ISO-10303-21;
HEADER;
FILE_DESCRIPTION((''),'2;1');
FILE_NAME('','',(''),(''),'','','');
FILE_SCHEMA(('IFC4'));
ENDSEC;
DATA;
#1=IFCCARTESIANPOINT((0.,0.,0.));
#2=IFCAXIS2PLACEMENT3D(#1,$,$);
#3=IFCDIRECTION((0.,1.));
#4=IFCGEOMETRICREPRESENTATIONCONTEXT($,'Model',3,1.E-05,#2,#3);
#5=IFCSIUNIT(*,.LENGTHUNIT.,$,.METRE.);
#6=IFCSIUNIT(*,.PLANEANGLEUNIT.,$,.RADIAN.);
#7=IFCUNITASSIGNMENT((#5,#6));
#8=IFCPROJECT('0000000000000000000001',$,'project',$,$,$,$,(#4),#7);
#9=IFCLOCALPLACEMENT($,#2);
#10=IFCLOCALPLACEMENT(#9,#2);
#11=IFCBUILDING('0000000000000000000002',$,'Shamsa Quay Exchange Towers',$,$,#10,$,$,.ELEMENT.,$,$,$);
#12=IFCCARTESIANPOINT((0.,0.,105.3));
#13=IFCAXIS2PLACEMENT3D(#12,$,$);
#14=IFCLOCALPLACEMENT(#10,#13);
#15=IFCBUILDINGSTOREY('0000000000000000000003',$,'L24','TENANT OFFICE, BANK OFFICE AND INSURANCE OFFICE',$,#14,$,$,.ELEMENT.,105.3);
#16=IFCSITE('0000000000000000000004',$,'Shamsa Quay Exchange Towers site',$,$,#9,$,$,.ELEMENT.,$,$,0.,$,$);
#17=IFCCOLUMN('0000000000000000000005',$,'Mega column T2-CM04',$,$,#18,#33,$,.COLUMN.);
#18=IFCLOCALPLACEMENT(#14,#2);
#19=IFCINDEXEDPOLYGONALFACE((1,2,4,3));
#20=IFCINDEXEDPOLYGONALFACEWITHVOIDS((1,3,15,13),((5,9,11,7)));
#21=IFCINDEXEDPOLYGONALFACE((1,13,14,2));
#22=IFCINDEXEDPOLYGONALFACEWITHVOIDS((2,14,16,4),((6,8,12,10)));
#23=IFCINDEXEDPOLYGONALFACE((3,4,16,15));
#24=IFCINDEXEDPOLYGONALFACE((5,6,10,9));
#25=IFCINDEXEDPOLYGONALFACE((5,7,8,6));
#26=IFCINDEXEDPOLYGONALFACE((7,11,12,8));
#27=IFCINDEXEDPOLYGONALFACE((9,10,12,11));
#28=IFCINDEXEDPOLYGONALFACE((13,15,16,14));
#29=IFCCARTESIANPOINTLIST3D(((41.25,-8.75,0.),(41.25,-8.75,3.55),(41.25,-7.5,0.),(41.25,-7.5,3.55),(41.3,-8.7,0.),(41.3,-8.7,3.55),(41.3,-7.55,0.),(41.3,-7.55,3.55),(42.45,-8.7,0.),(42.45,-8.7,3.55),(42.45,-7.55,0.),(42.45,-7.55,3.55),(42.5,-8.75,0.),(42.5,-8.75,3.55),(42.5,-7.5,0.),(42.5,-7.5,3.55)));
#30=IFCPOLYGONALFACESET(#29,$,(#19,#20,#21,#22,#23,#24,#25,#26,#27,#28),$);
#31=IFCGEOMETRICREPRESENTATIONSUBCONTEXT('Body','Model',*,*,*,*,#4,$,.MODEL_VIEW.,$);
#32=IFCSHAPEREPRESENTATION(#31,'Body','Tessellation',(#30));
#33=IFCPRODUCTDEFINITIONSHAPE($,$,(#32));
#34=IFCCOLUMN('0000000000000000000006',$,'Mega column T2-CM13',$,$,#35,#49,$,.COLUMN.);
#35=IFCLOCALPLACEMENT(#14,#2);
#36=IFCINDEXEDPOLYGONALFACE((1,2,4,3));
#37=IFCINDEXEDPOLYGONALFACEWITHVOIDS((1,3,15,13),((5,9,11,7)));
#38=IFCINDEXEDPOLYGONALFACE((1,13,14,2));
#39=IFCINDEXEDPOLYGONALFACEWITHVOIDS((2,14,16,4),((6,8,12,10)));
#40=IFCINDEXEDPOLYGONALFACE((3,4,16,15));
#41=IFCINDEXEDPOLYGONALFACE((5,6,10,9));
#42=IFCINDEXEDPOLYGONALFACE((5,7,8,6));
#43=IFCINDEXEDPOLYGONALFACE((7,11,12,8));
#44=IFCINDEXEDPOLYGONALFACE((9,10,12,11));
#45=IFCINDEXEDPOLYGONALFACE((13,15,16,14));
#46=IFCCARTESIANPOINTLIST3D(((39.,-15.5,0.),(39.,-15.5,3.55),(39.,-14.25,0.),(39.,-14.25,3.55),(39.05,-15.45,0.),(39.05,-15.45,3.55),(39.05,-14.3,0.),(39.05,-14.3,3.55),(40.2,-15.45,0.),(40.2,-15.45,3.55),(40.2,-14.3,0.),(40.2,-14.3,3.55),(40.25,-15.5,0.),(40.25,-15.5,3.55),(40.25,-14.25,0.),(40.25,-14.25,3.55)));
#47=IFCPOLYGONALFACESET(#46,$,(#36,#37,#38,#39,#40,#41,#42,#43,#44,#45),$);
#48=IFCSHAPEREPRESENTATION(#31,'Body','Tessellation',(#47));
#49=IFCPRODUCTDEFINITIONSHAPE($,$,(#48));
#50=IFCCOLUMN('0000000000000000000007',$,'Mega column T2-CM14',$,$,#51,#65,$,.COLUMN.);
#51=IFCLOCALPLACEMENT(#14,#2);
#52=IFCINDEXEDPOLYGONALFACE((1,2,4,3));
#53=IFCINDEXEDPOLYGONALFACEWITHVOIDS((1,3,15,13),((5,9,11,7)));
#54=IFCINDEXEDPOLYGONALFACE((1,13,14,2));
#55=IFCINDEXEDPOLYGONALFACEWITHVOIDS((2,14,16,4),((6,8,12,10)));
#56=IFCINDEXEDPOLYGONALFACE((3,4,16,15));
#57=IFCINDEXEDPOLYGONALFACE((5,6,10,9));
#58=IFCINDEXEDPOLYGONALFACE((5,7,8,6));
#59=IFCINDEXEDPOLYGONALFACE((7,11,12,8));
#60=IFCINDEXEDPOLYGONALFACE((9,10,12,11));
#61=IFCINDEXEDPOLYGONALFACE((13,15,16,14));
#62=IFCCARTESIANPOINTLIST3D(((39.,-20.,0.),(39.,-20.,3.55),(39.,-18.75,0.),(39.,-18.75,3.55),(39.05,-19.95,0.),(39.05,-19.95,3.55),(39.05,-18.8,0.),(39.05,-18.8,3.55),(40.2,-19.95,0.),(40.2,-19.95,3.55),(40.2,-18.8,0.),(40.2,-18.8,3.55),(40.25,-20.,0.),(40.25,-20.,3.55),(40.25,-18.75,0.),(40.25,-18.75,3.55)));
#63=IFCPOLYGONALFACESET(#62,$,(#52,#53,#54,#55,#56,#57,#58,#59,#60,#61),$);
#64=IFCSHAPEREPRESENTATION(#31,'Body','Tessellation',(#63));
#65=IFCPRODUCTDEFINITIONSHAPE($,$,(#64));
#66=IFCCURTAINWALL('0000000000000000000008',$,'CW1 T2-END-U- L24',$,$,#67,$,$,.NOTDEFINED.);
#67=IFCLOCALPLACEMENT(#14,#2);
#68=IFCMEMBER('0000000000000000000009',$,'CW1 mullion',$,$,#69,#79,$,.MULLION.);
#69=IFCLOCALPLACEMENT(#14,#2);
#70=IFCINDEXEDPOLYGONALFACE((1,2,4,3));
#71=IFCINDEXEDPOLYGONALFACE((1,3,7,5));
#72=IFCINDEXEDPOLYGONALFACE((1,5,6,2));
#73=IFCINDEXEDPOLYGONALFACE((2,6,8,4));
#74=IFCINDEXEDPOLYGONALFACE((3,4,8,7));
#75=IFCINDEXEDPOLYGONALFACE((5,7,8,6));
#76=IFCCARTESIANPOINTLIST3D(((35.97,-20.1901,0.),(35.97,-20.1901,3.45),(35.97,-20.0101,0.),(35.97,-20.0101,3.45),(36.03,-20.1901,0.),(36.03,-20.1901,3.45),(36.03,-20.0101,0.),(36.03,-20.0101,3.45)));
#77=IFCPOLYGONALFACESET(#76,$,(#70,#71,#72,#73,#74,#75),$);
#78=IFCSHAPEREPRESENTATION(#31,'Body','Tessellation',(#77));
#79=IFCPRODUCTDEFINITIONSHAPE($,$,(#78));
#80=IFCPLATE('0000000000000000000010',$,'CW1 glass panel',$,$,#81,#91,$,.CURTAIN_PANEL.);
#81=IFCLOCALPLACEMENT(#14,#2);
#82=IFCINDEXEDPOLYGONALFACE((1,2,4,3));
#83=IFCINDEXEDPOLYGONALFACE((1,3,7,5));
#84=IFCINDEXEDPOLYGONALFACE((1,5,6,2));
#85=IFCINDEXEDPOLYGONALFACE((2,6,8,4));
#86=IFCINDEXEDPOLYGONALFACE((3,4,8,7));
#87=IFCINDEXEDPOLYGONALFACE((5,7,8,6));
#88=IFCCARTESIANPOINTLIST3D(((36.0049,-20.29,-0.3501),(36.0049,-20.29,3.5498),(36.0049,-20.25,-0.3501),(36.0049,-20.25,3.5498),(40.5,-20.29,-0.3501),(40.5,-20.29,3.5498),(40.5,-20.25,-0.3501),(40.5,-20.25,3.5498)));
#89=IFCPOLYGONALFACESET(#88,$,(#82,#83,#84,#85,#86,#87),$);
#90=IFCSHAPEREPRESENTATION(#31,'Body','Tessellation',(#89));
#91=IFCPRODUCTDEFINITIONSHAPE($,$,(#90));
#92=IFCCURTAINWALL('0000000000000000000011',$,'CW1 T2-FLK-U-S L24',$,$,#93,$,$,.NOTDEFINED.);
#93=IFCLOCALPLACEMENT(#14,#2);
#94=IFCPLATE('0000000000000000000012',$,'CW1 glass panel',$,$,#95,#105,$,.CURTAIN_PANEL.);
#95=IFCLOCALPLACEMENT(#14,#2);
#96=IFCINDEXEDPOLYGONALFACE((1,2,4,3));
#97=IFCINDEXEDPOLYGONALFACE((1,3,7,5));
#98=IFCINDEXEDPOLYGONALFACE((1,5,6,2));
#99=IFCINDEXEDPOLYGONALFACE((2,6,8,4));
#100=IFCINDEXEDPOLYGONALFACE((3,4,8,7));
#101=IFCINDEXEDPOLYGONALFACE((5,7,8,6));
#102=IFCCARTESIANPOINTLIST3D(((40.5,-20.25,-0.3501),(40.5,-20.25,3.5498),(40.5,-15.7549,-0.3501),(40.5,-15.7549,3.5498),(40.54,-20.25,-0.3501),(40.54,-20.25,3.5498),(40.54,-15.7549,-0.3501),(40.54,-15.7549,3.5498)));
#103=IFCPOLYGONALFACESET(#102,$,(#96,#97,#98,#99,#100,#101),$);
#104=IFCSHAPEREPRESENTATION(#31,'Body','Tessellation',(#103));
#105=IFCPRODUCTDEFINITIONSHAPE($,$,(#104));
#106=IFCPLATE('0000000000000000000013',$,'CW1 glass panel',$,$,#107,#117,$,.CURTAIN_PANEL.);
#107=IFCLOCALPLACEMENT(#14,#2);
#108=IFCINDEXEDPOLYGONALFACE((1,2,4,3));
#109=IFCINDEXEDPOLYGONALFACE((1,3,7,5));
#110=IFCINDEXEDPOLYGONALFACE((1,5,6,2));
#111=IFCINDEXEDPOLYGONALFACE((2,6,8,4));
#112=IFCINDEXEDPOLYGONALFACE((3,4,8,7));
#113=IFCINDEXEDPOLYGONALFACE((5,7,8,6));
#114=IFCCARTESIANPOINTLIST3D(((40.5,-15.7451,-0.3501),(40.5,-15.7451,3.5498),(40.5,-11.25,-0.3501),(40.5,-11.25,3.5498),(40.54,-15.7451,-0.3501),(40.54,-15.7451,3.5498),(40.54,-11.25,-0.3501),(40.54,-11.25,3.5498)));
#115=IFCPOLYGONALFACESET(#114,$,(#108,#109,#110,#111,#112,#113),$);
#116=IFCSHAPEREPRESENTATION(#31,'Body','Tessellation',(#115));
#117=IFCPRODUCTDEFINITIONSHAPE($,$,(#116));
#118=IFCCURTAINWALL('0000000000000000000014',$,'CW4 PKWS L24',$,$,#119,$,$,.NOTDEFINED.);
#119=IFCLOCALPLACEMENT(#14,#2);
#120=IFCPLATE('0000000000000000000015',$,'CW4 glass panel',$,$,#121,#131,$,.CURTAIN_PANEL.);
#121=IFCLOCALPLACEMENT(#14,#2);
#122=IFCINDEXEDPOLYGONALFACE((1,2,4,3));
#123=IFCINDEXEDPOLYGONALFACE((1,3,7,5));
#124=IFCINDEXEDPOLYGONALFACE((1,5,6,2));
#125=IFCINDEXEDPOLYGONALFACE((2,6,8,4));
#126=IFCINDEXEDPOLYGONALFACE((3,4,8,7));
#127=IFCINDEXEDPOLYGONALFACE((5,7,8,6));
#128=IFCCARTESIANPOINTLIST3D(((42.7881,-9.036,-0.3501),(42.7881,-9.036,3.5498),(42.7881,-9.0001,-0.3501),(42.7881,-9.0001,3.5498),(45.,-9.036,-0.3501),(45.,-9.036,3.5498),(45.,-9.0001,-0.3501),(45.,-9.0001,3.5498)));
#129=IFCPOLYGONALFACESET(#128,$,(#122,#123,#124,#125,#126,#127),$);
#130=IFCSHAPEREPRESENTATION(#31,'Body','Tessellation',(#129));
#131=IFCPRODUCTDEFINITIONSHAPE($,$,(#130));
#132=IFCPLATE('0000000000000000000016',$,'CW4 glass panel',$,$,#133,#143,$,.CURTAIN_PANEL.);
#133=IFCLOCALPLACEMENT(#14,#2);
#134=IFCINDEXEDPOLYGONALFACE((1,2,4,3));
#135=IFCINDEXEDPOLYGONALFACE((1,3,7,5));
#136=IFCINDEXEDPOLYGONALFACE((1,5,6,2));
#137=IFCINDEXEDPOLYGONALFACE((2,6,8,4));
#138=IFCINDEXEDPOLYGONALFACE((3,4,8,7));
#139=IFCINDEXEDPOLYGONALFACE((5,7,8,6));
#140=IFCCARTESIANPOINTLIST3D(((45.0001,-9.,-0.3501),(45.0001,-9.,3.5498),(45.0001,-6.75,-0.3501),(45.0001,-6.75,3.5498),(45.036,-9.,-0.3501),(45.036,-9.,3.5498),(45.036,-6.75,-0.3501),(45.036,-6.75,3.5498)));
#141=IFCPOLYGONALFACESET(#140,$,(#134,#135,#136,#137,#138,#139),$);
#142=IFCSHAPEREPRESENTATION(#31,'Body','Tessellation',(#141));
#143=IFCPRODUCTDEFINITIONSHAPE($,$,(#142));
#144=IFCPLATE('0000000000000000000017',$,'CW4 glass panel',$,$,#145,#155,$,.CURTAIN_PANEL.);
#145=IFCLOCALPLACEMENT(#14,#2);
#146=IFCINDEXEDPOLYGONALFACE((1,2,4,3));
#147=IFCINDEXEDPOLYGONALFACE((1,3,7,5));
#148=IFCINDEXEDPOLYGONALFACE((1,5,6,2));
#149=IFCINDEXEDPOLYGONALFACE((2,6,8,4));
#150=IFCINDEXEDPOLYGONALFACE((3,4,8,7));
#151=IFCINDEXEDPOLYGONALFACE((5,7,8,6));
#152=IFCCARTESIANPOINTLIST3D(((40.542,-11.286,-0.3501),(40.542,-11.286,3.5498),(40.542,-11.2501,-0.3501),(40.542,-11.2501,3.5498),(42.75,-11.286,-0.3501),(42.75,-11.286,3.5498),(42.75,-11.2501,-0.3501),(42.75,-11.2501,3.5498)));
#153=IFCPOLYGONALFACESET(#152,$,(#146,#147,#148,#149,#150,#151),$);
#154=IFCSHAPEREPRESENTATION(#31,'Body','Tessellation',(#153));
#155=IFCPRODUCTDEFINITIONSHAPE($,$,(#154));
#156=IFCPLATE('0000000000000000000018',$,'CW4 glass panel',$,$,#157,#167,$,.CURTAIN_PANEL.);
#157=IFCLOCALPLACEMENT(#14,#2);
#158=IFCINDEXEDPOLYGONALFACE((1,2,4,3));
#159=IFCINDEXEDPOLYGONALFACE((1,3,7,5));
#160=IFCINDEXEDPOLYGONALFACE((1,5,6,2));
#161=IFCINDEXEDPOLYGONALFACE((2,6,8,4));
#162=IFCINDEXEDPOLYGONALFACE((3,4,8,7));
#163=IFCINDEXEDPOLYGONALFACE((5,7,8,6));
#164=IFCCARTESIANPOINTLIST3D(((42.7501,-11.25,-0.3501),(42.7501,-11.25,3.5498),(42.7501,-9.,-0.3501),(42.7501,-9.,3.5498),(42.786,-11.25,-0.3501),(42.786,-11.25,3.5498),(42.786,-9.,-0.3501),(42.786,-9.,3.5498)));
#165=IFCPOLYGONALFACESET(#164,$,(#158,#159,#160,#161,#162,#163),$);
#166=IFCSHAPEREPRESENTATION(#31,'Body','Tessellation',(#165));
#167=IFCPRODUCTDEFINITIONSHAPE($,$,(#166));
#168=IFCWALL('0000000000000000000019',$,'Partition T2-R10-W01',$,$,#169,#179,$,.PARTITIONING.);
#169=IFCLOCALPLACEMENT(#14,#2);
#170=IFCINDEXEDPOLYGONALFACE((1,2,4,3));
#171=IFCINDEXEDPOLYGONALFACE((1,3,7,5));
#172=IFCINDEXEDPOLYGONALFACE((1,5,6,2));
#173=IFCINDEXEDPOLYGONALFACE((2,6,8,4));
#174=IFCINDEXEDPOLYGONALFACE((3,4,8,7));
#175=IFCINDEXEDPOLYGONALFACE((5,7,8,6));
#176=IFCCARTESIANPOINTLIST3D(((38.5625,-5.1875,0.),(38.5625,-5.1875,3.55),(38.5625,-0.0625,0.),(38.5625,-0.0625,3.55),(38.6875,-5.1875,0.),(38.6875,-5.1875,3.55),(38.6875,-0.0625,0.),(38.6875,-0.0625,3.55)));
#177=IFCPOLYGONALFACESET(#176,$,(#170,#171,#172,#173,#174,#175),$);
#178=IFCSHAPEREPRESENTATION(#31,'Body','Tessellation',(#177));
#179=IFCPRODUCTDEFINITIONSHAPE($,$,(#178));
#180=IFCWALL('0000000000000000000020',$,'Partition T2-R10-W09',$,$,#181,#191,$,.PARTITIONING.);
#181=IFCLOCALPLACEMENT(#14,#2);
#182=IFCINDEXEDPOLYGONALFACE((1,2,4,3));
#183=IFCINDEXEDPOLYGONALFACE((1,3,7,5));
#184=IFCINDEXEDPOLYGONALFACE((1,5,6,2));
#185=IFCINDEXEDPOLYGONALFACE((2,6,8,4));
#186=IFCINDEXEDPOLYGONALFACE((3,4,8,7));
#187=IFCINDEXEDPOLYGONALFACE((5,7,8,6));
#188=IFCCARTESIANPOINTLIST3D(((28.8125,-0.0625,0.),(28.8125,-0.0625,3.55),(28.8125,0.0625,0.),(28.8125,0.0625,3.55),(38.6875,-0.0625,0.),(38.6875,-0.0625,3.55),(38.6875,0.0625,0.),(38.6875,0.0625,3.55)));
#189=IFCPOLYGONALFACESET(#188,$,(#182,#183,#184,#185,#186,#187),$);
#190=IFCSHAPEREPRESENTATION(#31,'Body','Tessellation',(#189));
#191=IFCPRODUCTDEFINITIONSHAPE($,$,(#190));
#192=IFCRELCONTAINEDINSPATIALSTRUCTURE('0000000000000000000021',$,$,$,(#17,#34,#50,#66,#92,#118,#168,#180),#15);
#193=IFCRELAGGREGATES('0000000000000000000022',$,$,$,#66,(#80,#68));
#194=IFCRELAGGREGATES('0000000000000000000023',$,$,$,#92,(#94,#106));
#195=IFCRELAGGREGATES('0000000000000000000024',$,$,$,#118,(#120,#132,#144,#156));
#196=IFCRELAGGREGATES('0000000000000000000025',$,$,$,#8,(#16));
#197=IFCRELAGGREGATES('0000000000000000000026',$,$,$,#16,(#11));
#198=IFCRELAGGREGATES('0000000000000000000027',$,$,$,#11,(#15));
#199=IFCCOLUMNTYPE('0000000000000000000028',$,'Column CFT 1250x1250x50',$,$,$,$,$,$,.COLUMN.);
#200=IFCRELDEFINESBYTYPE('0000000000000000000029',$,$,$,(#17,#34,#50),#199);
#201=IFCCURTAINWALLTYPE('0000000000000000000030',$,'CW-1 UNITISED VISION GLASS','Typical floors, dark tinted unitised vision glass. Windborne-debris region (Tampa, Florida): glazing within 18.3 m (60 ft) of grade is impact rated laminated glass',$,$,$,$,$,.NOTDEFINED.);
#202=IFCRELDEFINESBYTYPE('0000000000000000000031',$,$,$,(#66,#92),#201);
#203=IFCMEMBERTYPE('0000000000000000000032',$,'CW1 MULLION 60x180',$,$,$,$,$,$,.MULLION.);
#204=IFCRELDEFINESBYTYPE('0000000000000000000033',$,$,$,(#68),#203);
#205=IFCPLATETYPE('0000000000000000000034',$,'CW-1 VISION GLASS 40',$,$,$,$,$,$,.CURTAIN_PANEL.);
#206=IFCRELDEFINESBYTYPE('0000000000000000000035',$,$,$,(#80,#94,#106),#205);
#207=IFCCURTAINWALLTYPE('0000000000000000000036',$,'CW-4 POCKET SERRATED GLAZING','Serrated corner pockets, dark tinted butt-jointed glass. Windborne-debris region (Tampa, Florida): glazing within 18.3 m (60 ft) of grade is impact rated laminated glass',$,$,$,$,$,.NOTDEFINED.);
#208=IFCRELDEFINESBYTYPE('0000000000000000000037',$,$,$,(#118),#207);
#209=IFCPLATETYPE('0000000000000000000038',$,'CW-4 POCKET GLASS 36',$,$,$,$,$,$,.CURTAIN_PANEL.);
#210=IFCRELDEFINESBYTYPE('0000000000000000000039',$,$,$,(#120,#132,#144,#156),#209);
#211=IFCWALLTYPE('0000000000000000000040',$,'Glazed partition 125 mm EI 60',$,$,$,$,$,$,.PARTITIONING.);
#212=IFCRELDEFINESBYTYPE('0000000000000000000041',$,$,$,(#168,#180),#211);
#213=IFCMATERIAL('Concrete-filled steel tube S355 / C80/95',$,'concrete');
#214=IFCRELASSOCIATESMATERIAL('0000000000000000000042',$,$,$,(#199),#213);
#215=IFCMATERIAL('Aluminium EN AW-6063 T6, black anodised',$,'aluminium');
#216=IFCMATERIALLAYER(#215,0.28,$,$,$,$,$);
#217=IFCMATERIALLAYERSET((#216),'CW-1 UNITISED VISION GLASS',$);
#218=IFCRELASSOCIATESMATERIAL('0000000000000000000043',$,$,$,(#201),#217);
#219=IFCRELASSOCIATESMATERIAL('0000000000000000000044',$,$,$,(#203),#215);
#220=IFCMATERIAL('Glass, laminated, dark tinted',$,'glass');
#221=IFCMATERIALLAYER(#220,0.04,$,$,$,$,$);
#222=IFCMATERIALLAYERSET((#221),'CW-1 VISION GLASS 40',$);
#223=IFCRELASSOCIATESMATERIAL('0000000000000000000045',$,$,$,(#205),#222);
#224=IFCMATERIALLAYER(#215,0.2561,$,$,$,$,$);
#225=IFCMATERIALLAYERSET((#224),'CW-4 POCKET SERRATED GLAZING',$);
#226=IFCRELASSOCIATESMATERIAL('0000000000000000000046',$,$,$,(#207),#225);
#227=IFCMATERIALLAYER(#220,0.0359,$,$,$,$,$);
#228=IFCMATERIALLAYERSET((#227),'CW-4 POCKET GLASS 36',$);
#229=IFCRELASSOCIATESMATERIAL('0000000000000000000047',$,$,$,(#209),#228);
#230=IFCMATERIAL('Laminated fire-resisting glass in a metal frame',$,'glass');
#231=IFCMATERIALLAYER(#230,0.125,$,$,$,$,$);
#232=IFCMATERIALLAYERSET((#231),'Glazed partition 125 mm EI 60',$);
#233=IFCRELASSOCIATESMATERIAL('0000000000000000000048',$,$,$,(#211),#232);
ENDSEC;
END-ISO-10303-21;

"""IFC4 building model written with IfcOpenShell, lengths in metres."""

from ifc_helpers import new_model, si_unit, direction, frame, frame_2d, origin, origin_2d, place, context, subcontext, project, spatial, rectangle, hollow_rectangle, extrude, material, layer, layer_set, material_profile, profile_set, type_object, element, aggregate, save


model = new_model("IFC4")

# Units and contexts
model_context = context("Model", 3, precision=1e-05, world=origin(), true_north=direction((0.0, 1.0)))
body_context = subcontext(model_context, "Body", "Model", "MODEL_VIEW")
ifc_project = project(units=[si_unit("LENGTHUNIT", "METRE"), si_unit("PLANEANGLEUNIT", "RADIAN")], contexts=[model_context])

# Site, building, storey
site_placement = place(None, origin())
site = spatial("IfcSite", under=ifc_project, at=site_placement, Name="Shamsa Quay Exchange Towers site", CompositionType="ELEMENT", RefElevation=0.0)
building_placement = place(site_placement, origin())
building = spatial("IfcBuilding", under=site, at=building_placement, Name="Shamsa Quay Exchange Towers", CompositionType="ELEMENT")
storey_placement = place(building_placement, frame((0.0, 0.0, 105.3)))
storey = spatial("IfcBuildingStorey", under=building, at=storey_placement, Name="L24", Description="TENANT OFFICE, BANK OFFICE AND INSURANCE OFFICE", CompositionType="ELEMENT", Elevation=105.3)

# Columns
ifc_material_1 = material(Name="Concrete-filled steel tube S355 / C80/95", Category="concrete")
ifc_material_profile_1 = material_profile(ifc_material_1, hollow_rectangle(XDim=1.25, YDim=1.25, WallThickness=0.05, at=origin_2d()), Name="CFT 1250x1250x50")
ifc_profile_set_1 = profile_set([ifc_material_profile_1], Name="Concrete-filled steel tube S355 / C80/95")
column_type = type_object("IfcColumnType", Name="Column CFT 1250x1250x50", PredefinedType="COLUMN", material=ifc_profile_set_1)
for number, where, name in (
    (1, (41.875, -8.125, 0.0), "Mega column T2-CM04"),
    (2, (39.625, -14.875, 0.0), "Mega column T2-CM13"),
    (3, (39.625, -19.375, 0.0), "Mega column T2-CM14"),
):
    element("IfcColumn", number, at=place(storey_placement, frame(where)), inside=storey, type_object=column_type, Name=name, PredefinedType="COLUMN", context=body_context, shape_type="SweptSolid", body=[
        extrude(hollow_rectangle(XDim=1.25, YDim=1.25, WallThickness=0.05, at=origin_2d()), origin(), (0.0, 0.0, 1.0), 3.55),
    ])

# Curtain wall, member, plate
ifc_material_2 = material(Name="Aluminium EN AW-6063 T6, black anodised", Category="aluminium")
ifc_layer_1 = layer(ifc_material_2, 0.28)
ifc_layer_set_1 = layer_set([ifc_layer_1], Name="CW-1 UNITISED VISION GLASS")
curtain_wall_type_1 = type_object("IfcCurtainWallType", Name="CW-1 UNITISED VISION GLASS", Description="Typical floors, dark tinted unitised vision glass. Windborne-debris region (Tampa, Florida): glazing within 18.3 m (60 ft) of grade is impact rated laminated glass", PredefinedType="NOTDEFINED", material=ifc_layer_set_1)
curtain_wall_1_placement = place(storey_placement, origin())
curtain_wall_1 = element("IfcCurtainWall", 4, at=curtain_wall_1_placement, inside=storey, type_object=curtain_wall_type_1, Name="CW1 T2-END-U- L24", PredefinedType="NOTDEFINED")
ifc_material_profile_2 = material_profile(ifc_material_2, rectangle(XDim=0.1799, YDim=0.0601, at=origin_2d()), Name="MU60x180")
ifc_profile_set_2 = profile_set([ifc_material_profile_2], Name="Aluminium EN AW-6063 T6, black anodised")
member_type = type_object("IfcMemberType", Name="CW1 MULLION 60x180", PredefinedType="MULLION", material=ifc_profile_set_2)
member_placement = place(storey_placement, frame((36.0, -20.1001, 0.0), z_axis=(0.0, 0.0, 1.0), x_axis=(0.0, 1.0, 0.0)))
member = element("IfcMember", 5, at=member_placement, type_object=member_type, Name="CW1 mullion", PredefinedType="MULLION", context=body_context, shape_type="SweptSolid", body=[
    extrude(rectangle(XDim=0.1799, YDim=0.0601, at=origin_2d()), origin(), (0.0, 0.0, 1.0), 3.45),
])
ifc_material_3 = material(Name="Glass, laminated, dark tinted", Category="glass")
ifc_layer_2 = layer(ifc_material_3, 0.04)
ifc_layer_set_2 = layer_set([ifc_layer_2], Name="CW-1 VISION GLASS 40")
plate_type_1 = type_object("IfcPlateType", Name="CW-1 VISION GLASS 40", PredefinedType="CURTAIN_PANEL", material=ifc_layer_set_2)
plate_1_placement = place(storey_placement, frame((38.2524, -20.27, -0.3501)))
plate_1 = element("IfcPlate", 6, at=plate_1_placement, type_object=plate_type_1, Name="CW1 glass panel", PredefinedType="CURTAIN_PANEL", context=body_context, shape_type="SweptSolid", body=[
    extrude(rectangle(XDim=4.4951, YDim=0.04, at=origin_2d()), origin(), (0.0, 0.0, 1.0), 3.8999),
])
aggregate(curtain_wall_1, [plate_1, member])

# Curtain walls, plates
curtain_wall_2_placement = place(storey_placement, origin())
curtain_wall_2 = element("IfcCurtainWall", 7, at=curtain_wall_2_placement, inside=storey, type_object=curtain_wall_type_1, Name="CW1 T2-FLK-U-S L24", PredefinedType="NOTDEFINED")
plate_2_placement = place(storey_placement, frame((40.52, -18.0024, -0.3501), z_axis=(0.0, 0.0, 1.0), x_axis=(0.0, 1.0, 0.0)))
plate_2 = element("IfcPlate", 8, at=plate_2_placement, type_object=plate_type_1, Name="CW1 glass panel", PredefinedType="CURTAIN_PANEL", context=body_context, shape_type="SweptSolid", body=[
    extrude(rectangle(XDim=4.4951, YDim=0.04, at=origin_2d()), origin(), (0.0, 0.0, 1.0), 3.8999),
])
plate_3_placement = place(storey_placement, frame((40.52, -13.4976, -0.3501), z_axis=(0.0, 0.0, 1.0), x_axis=(0.0, 1.0, 0.0)))
plate_3 = element("IfcPlate", 9, at=plate_3_placement, type_object=plate_type_1, Name="CW1 glass panel", PredefinedType="CURTAIN_PANEL", context=body_context, shape_type="SweptSolid", body=[
    extrude(rectangle(XDim=4.4951, YDim=0.04, at=origin_2d()), origin(), (0.0, 0.0, 1.0), 3.8999),
])
aggregate(curtain_wall_2, [plate_2, plate_3])
ifc_layer_3 = layer(ifc_material_2, 0.2561)
ifc_layer_set_3 = layer_set([ifc_layer_3], Name="CW-4 POCKET SERRATED GLAZING")
curtain_wall_type_2 = type_object("IfcCurtainWallType", Name="CW-4 POCKET SERRATED GLAZING", Description="Serrated corner pockets, dark tinted butt-jointed glass. Windborne-debris region (Tampa, Florida): glazing within 18.3 m (60 ft) of grade is impact rated laminated glass", PredefinedType="NOTDEFINED", material=ifc_layer_set_3)
curtain_wall_3_placement = place(storey_placement, origin())
curtain_wall_3 = element("IfcCurtainWall", 10, at=curtain_wall_3_placement, inside=storey, type_object=curtain_wall_type_2, Name="CW4 PKWS L24", PredefinedType="NOTDEFINED")
ifc_layer_4 = layer(ifc_material_3, 0.0359)
ifc_layer_set_4 = layer_set([ifc_layer_4], Name="CW-4 POCKET GLASS 36")
plate_type_2 = type_object("IfcPlateType", Name="CW-4 POCKET GLASS 36", PredefinedType="CURTAIN_PANEL", material=ifc_layer_set_4)
plate_4_placement = place(storey_placement, frame((43.894, -9.0181, -0.3501)))
plate_4 = element("IfcPlate", 11, at=plate_4_placement, type_object=plate_type_2, Name="CW4 glass panel", PredefinedType="CURTAIN_PANEL", context=body_context, shape_type="SweptSolid", body=[
    extrude(rectangle(XDim=2.2119, YDim=0.0359, at=origin_2d()), origin(), (0.0, 0.0, 1.0), 3.8999),
])
plate_5_placement = place(storey_placement, frame((45.0181, -7.875, -0.3501), z_axis=(0.0, 0.0, 1.0), x_axis=(0.0, 1.0, 0.0)))
plate_5 = element("IfcPlate", 12, at=plate_5_placement, type_object=plate_type_2, Name="CW4 glass panel", PredefinedType="CURTAIN_PANEL", context=body_context, shape_type="SweptSolid", body=[
    extrude(rectangle(XDim=2.25, YDim=0.0359, at=origin_2d()), origin(), (0.0, 0.0, 1.0), 3.8999),
])
plate_6_placement = place(storey_placement, frame((41.646, -11.2681, -0.3501)))
plate_6 = element("IfcPlate", 13, at=plate_6_placement, type_object=plate_type_2, Name="CW4 glass panel", PredefinedType="CURTAIN_PANEL", context=body_context, shape_type="SweptSolid", body=[
    extrude(rectangle(XDim=2.208, YDim=0.0359, at=origin_2d()), origin(), (0.0, 0.0, 1.0), 3.8999),
])
plate_7_placement = place(storey_placement, frame((42.7681, -10.125, -0.3501), z_axis=(0.0, 0.0, 1.0), x_axis=(0.0, 1.0, 0.0)))
plate_7 = element("IfcPlate", 14, at=plate_7_placement, type_object=plate_type_2, Name="CW4 glass panel", PredefinedType="CURTAIN_PANEL", context=body_context, shape_type="SweptSolid", body=[
    extrude(rectangle(XDim=2.25, YDim=0.0359, at=origin_2d()), origin(), (0.0, 0.0, 1.0), 3.8999),
])
aggregate(curtain_wall_3, [plate_4, plate_5, plate_6, plate_7])

# Walls
ifc_material_4 = material(Name="Laminated fire-resisting glass in a metal frame", Category="glass")
ifc_layer_5 = layer(ifc_material_4, 0.125)
ifc_layer_set_5 = layer_set([ifc_layer_5], Name="Glazed partition 125 mm EI 60")
wall_type_1 = type_object("IfcWallType", Name="Glazed partition 125 mm EI 60", PredefinedType="PARTITIONING", material=ifc_layer_set_5)
wall_1_placement = place(storey_placement, frame((38.625, -5.1875, 0.0), z_axis=(0.0, 0.0, 1.0), x_axis=(0.0, 1.0, 0.0)))
element("IfcWall", 15, at=wall_1_placement, inside=storey, type_object=wall_type_1, Name="Partition T2-R10-W01", PredefinedType="PARTITIONING", context=body_context, shape_type="SweptSolid", body=[
    extrude(rectangle(XDim=5.125, YDim=0.125, at=frame_2d((2.5625, 0.0))), origin(), (0.0, 0.0, 1.0), 3.55),
])
wall_2_placement = place(storey_placement, frame((38.6875, 0.0, 0.0), z_axis=(0.0, 0.0, 1.0), x_axis=(-1.0, 0.0, 0.0)))
element("IfcWall", 16, at=wall_2_placement, inside=storey, type_object=wall_type_1, Name="Partition T2-R10-W09", PredefinedType="PARTITIONING", context=body_context, shape_type="SweptSolid", body=[
    extrude(rectangle(XDim=9.875, YDim=0.125, at=frame_2d((4.9375, 0.0))), origin(), (0.0, 0.0, 1.0), 3.55),
])

save(model, "model.ifc")
